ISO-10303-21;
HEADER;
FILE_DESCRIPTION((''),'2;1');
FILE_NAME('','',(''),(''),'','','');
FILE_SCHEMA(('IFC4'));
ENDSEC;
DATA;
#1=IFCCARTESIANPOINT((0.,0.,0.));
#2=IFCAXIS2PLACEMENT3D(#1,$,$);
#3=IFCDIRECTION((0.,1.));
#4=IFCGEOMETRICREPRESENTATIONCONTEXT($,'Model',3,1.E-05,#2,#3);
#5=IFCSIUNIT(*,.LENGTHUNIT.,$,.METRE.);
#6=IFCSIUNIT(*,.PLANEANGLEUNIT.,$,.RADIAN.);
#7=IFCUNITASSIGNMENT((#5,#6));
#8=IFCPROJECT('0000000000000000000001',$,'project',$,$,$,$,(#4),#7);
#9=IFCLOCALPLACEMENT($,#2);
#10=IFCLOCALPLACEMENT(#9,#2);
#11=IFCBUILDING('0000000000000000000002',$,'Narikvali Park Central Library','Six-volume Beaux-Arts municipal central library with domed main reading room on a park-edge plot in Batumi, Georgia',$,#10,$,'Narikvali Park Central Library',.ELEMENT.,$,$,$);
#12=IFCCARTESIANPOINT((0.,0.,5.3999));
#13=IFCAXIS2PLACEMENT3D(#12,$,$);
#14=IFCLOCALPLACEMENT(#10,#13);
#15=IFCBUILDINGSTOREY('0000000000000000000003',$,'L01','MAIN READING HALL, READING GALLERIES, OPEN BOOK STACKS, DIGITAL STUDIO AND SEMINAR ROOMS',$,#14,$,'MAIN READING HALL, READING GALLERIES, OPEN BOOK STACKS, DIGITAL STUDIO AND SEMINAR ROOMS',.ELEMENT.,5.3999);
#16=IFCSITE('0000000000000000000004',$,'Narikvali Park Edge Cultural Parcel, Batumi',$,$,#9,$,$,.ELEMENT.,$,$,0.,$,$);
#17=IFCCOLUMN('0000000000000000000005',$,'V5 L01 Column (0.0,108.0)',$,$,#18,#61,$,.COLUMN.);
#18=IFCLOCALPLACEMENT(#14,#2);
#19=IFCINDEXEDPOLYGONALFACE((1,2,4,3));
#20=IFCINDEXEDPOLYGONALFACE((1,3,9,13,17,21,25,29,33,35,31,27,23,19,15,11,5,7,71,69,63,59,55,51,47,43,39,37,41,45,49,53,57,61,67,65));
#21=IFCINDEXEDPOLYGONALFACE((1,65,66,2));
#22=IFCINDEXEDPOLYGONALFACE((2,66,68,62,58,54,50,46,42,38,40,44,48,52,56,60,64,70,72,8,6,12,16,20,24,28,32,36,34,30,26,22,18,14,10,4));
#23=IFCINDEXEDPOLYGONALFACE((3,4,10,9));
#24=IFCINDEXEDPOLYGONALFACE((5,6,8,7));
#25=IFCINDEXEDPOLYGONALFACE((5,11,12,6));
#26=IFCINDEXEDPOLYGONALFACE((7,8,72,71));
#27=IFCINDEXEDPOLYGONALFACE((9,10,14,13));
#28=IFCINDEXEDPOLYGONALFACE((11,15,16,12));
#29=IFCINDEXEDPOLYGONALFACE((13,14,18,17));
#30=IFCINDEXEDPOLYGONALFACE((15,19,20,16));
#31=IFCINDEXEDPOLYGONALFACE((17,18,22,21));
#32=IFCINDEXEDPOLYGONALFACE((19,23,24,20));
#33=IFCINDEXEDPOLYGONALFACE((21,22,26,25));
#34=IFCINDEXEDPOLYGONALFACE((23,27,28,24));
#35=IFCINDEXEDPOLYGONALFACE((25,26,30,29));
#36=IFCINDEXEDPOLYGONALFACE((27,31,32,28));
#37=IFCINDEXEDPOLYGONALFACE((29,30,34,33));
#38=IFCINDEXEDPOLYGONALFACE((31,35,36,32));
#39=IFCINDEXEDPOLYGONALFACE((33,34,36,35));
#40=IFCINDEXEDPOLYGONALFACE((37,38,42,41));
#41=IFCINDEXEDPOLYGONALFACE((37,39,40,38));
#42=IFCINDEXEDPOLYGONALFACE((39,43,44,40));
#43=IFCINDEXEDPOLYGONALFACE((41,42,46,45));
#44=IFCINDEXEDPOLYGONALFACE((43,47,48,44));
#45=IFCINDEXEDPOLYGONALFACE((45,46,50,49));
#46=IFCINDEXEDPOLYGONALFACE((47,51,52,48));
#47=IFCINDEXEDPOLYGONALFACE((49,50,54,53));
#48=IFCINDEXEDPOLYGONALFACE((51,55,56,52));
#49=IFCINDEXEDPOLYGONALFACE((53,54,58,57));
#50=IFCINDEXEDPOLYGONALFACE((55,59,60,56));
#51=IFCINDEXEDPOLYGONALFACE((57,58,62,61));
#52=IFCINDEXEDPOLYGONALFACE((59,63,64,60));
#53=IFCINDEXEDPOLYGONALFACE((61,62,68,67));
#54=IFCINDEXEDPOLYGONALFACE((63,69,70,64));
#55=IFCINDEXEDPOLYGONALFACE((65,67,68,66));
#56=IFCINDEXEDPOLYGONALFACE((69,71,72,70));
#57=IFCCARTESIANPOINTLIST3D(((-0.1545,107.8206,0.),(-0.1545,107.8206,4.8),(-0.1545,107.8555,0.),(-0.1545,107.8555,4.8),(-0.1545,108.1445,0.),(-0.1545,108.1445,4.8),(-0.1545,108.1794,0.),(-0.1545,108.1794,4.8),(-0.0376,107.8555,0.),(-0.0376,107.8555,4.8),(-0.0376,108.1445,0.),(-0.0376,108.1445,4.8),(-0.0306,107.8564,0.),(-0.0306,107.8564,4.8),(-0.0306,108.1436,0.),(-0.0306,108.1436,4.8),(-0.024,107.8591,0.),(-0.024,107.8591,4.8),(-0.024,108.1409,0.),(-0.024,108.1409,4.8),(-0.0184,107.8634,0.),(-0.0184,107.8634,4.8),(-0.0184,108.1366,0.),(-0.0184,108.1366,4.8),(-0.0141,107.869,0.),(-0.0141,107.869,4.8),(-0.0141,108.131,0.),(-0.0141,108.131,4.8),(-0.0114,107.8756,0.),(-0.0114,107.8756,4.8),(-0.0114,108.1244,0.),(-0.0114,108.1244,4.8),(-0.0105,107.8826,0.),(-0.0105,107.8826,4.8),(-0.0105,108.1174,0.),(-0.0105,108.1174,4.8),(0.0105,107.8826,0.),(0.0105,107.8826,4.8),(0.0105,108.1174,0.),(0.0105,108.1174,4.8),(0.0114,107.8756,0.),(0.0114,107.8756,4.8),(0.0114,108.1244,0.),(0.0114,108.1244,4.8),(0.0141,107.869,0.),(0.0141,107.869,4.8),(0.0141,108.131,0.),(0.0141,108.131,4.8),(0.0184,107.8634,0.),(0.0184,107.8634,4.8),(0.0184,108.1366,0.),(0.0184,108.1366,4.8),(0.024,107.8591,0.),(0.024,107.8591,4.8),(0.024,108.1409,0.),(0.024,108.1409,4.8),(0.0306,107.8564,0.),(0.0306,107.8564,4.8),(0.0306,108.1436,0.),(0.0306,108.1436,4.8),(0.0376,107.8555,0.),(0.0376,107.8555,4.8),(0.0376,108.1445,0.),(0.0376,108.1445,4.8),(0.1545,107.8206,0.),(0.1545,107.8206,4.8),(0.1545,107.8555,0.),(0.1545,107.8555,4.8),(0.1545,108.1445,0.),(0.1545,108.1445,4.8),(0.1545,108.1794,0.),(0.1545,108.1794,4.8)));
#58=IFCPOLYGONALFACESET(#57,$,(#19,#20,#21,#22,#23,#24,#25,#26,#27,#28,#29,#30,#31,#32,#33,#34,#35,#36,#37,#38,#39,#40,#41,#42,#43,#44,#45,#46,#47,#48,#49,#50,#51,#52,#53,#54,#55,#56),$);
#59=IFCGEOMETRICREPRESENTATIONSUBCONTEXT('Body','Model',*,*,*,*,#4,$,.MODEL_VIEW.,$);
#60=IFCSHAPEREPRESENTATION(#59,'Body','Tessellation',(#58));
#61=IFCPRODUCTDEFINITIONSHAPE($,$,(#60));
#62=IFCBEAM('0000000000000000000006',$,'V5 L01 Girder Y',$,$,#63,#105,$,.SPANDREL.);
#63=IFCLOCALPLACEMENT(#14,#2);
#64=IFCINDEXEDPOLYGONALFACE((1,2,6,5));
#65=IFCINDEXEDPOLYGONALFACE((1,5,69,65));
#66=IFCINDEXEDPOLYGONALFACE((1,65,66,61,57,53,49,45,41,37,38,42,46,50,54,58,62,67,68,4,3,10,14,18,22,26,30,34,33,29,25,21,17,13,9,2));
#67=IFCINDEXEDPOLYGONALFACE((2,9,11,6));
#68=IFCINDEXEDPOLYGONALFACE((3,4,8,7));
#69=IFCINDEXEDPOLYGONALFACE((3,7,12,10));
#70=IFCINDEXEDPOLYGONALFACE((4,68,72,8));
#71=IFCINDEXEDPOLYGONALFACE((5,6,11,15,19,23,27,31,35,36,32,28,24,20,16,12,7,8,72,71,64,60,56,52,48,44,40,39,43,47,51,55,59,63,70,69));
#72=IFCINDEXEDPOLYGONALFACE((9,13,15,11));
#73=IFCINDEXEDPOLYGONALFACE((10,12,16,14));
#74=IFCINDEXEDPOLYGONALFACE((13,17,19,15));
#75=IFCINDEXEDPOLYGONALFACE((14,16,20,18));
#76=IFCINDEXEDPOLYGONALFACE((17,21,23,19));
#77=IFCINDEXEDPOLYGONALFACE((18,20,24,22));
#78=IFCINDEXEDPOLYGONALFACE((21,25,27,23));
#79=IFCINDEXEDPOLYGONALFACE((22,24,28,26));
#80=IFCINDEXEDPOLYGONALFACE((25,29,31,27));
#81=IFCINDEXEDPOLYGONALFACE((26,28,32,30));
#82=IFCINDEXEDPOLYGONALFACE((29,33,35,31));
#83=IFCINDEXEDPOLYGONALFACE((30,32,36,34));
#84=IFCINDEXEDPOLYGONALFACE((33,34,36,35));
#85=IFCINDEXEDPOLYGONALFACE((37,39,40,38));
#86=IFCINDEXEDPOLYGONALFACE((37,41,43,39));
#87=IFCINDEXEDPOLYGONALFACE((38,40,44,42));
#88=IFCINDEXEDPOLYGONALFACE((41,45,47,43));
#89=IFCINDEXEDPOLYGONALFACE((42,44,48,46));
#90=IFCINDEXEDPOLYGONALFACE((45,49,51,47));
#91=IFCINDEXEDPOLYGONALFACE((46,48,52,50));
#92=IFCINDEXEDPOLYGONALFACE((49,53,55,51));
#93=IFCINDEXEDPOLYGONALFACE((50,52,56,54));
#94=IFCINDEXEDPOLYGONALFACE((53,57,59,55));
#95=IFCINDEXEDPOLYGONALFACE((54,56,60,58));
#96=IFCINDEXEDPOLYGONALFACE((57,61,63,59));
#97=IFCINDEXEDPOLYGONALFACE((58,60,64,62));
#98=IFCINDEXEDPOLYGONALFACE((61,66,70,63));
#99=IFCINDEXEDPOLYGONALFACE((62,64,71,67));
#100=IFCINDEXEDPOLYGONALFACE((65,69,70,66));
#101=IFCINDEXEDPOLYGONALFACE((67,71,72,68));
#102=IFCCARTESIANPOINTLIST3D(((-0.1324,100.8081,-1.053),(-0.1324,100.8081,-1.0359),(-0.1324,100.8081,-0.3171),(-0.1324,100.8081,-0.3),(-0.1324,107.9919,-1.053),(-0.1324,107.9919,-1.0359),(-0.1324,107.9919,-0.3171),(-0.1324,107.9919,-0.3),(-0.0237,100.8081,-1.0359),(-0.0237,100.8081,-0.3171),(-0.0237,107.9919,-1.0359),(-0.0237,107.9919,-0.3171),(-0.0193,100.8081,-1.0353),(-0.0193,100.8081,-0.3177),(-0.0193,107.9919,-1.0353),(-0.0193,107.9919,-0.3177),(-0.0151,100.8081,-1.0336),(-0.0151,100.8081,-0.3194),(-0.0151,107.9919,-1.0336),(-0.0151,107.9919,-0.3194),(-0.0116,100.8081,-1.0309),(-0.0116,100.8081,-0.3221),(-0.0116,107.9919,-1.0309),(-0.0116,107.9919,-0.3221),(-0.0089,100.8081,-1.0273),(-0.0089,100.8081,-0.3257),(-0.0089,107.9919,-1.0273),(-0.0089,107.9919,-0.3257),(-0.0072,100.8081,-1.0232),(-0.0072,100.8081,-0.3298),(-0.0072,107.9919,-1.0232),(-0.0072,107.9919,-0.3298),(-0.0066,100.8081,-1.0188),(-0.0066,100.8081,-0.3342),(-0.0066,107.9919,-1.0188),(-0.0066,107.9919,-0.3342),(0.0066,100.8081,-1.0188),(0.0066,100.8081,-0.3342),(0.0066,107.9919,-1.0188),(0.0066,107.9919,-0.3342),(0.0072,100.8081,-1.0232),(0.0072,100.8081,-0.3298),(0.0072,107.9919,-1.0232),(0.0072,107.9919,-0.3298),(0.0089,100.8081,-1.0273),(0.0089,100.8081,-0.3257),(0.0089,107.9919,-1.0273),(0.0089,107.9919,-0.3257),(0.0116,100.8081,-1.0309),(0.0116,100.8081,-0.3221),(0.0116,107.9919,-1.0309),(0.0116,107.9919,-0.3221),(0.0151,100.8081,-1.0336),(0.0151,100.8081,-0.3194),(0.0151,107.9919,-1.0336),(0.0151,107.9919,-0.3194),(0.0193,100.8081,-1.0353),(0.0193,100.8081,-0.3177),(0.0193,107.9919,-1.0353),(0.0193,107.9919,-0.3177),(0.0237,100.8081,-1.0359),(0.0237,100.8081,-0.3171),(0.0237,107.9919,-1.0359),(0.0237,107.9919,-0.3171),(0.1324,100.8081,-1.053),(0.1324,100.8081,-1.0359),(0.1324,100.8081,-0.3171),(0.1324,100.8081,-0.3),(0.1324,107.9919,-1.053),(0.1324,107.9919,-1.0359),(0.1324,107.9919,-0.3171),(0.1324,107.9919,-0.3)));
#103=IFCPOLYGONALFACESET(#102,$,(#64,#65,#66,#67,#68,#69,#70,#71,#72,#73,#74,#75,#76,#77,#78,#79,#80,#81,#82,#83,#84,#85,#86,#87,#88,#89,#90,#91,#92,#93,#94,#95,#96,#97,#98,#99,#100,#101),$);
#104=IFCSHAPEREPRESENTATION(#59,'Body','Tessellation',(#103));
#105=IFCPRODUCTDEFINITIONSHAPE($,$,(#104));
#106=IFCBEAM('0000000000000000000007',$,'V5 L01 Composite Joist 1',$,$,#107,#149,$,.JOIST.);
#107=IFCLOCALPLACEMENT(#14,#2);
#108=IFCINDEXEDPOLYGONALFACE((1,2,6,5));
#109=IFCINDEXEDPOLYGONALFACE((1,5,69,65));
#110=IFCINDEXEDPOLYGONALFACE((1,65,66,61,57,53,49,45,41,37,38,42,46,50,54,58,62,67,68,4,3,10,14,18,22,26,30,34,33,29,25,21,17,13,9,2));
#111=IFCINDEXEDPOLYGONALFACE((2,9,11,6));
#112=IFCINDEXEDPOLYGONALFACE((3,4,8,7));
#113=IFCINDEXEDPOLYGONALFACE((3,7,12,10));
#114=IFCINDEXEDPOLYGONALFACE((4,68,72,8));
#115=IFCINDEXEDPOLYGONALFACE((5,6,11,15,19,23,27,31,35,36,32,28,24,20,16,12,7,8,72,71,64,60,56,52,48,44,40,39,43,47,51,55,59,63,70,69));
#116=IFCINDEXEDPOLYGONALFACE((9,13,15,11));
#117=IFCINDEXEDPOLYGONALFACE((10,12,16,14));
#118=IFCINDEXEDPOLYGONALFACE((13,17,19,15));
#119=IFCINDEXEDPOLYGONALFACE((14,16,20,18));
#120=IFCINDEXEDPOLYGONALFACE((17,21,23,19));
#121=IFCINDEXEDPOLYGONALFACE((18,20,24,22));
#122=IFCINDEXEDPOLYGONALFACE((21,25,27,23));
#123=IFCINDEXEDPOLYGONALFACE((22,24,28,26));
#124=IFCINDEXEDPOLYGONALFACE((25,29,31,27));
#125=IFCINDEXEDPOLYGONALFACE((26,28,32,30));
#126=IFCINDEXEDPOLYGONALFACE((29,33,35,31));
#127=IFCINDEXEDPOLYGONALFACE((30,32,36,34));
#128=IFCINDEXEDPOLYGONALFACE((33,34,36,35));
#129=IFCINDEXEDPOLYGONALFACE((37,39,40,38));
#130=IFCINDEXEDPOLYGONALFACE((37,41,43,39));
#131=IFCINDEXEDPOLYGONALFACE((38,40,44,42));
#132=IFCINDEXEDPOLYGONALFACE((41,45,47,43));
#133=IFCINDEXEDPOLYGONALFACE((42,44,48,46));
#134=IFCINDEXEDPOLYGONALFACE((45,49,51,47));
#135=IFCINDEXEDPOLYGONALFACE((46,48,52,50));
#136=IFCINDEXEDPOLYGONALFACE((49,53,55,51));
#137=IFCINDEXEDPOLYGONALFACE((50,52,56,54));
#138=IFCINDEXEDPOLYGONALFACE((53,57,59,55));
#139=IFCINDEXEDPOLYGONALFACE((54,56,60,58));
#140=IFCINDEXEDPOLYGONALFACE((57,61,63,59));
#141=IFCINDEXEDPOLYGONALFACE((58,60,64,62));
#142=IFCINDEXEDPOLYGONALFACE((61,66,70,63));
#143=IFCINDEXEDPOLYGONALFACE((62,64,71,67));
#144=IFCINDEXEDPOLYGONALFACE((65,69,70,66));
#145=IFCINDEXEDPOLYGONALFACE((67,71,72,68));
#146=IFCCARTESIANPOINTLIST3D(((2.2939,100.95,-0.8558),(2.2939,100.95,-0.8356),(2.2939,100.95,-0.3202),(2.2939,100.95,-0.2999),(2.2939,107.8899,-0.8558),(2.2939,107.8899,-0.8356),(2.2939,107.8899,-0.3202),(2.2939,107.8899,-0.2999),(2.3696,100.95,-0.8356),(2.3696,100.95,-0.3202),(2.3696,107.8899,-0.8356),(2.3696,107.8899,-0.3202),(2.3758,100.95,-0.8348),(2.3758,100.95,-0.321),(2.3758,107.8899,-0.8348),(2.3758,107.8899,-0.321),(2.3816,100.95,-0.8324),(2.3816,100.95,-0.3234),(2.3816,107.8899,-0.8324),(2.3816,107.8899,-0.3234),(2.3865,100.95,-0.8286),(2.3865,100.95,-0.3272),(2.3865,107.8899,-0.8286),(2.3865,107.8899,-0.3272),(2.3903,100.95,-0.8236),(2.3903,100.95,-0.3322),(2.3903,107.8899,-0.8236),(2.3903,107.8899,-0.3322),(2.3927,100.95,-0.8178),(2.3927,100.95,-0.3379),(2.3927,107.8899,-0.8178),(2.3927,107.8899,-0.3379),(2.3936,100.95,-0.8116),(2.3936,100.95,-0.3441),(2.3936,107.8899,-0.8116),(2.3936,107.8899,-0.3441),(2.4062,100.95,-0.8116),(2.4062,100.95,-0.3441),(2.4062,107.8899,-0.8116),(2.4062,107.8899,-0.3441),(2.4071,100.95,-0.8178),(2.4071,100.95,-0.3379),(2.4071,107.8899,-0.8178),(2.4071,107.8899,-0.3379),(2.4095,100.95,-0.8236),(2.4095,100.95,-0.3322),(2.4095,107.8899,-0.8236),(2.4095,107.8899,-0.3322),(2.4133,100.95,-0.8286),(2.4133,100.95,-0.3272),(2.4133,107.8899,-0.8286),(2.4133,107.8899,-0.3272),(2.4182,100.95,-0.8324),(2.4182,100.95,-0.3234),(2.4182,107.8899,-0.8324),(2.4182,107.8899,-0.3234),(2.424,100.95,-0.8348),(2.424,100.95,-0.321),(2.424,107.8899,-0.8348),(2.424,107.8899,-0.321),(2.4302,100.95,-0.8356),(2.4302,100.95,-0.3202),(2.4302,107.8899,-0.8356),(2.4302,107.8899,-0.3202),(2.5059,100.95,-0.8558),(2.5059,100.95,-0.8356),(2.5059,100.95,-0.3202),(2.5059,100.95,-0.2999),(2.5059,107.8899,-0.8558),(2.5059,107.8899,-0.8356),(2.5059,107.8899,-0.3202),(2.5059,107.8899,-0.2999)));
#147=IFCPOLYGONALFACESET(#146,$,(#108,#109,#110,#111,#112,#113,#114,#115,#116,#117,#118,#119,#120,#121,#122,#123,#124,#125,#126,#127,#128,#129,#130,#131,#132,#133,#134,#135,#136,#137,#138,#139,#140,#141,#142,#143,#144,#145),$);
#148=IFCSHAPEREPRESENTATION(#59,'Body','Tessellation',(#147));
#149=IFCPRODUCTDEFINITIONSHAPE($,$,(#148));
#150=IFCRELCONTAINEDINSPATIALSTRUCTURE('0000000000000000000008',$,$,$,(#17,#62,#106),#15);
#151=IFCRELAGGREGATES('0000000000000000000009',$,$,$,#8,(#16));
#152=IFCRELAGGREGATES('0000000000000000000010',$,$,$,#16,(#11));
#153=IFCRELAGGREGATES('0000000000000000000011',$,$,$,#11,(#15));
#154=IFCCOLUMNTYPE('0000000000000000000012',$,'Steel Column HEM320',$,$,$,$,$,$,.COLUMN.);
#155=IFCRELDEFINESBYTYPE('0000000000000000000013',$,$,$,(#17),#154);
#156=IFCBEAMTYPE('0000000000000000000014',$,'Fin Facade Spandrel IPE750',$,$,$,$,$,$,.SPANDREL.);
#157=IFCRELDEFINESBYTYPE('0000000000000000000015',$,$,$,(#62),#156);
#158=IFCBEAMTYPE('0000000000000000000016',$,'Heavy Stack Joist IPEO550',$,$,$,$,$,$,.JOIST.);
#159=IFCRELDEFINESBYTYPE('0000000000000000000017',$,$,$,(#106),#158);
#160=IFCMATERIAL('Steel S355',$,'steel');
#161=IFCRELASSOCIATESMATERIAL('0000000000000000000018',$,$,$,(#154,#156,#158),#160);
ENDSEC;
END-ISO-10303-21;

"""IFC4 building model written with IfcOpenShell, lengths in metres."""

from ifc_helpers import new_model, si_unit, direction, frame, origin, origin_2d, place, context, subcontext, project, spatial, i_section, extrude, material, material_profile, profile_set, type_object, element, save


model = new_model("IFC4")

# Units and contexts
model_context = context("Model", 3, precision=1e-05, world=origin(), true_north=direction((0.0, 1.0)))
body_context = subcontext(model_context, "Body", "Model", "MODEL_VIEW")
ifc_project = project(units=[si_unit("LENGTHUNIT", "METRE"), si_unit("PLANEANGLEUNIT", "RADIAN")], contexts=[model_context])

# Site, building, storey
site_placement = place(None, origin())
site = spatial("IfcSite", under=ifc_project, at=site_placement, Name="Narikvali Park Edge Cultural Parcel, Batumi", CompositionType="ELEMENT", RefElevation=0.0)
building_placement = place(site_placement, origin())
building = spatial("IfcBuilding", under=site, at=building_placement, Name="Narikvali Park Central Library", Description="Six-volume Beaux-Arts municipal central library with domed main reading room on a park-edge plot in Batumi, Georgia", LongName="Narikvali Park Central Library", CompositionType="ELEMENT")
storey_placement = place(building_placement, frame((0.0, 0.0, 5.3999)))
storey = spatial("IfcBuildingStorey", under=building, at=storey_placement, Name="L01", Description="MAIN READING HALL, READING GALLERIES, OPEN BOOK STACKS, DIGITAL STUDIO AND SEMINAR ROOMS", LongName="MAIN READING HALL, READING GALLERIES, OPEN BOOK STACKS, DIGITAL STUDIO AND SEMINAR ROOMS", CompositionType="ELEMENT", Elevation=5.3999)

# Column
ifc_material_1 = material(Name="Steel S355", Category="steel")
ifc_material_profile_1 = material_profile(ifc_material_1, i_section(OverallWidth=0.3091, OverallDepth=0.3589, WebThickness=0.021, FlangeThickness=0.0349, FilletRadius=0.0271, at=origin_2d()), Name="HEM 320")
ifc_profile_set_1 = profile_set([ifc_material_profile_1], Name="Steel S355")
column_type = type_object("IfcColumnType", Name="Steel Column HEM320", PredefinedType="COLUMN", material=ifc_profile_set_1)
column_placement = place(storey_placement, frame((0.0, 108.0, 0.0), z_axis=(0.0, 0.0, 1.0), x_axis=(1.0, 0.0, 0.0)))
element("IfcColumn", 1, at=column_placement, inside=storey, type_object=column_type, Name="V5 L01 Column (0.0,108.0)", PredefinedType="COLUMN", context=body_context, shape_type="SweptSolid", body=[
    extrude(i_section(OverallWidth=0.3091, OverallDepth=0.3589, WebThickness=0.021, FlangeThickness=0.0349, FilletRadius=0.0271, at=origin_2d()), origin(), (0.0, 0.0, 1.0), 4.8),
])

# Beams
ifc_material_profile_2 = material_profile(ifc_material_1, i_section(OverallWidth=0.2649, OverallDepth=0.7529, WebThickness=0.0132, FlangeThickness=0.0171, FilletRadius=0.0171, at=origin_2d()), Name="IPE 750x147")
ifc_profile_set_2 = profile_set([ifc_material_profile_2], Name="Steel S355")
beam_type_1 = type_object("IfcBeamType", Name="Fin Facade Spandrel IPE750", PredefinedType="SPANDREL", material=ifc_profile_set_2)
beam_1_placement = place(storey_placement, frame((0.0, 100.8081, -0.6765), z_axis=(0.0, 1.0, 0.0), x_axis=(-1.0, 0.0, 0.0)))
element("IfcBeam", 2, at=beam_1_placement, inside=storey, type_object=beam_type_1, Name="V5 L01 Girder Y", PredefinedType="SPANDREL", context=body_context, shape_type="SweptSolid", body=[
    extrude(i_section(OverallWidth=0.2649, OverallDepth=0.7529, WebThickness=0.0132, FlangeThickness=0.0171, FilletRadius=0.0171, at=origin_2d()), origin(), (0.0, 0.0, 1.0), 7.1838),
])
ifc_material_profile_3 = material_profile(ifc_material_1, i_section(OverallWidth=0.2119, OverallDepth=0.5559, WebThickness=0.0127, FlangeThickness=0.0203, FilletRadius=0.0239, at=origin_2d()), Name="IPEO 550")
ifc_profile_set_3 = profile_set([ifc_material_profile_3], Name="Steel S355")
beam_type_2 = type_object("IfcBeamType", Name="Heavy Stack Joist IPEO550", PredefinedType="JOIST", material=ifc_profile_set_3)
beam_2_placement = place(storey_placement, frame((2.3999, 100.95, -0.5779), z_axis=(0.0, 1.0, 0.0), x_axis=(-1.0, 0.0, 0.0)))
element("IfcBeam", 3, at=beam_2_placement, inside=storey, type_object=beam_type_2, Name="V5 L01 Composite Joist 1", PredefinedType="JOIST", context=body_context, shape_type="SweptSolid", body=[
    extrude(i_section(OverallWidth=0.2119, OverallDepth=0.5559, WebThickness=0.0127, FlangeThickness=0.0203, FilletRadius=0.0239, at=origin_2d()), origin(), (0.0, 0.0, 1.0), 6.9399),
])

save(model, "model.ifc")
